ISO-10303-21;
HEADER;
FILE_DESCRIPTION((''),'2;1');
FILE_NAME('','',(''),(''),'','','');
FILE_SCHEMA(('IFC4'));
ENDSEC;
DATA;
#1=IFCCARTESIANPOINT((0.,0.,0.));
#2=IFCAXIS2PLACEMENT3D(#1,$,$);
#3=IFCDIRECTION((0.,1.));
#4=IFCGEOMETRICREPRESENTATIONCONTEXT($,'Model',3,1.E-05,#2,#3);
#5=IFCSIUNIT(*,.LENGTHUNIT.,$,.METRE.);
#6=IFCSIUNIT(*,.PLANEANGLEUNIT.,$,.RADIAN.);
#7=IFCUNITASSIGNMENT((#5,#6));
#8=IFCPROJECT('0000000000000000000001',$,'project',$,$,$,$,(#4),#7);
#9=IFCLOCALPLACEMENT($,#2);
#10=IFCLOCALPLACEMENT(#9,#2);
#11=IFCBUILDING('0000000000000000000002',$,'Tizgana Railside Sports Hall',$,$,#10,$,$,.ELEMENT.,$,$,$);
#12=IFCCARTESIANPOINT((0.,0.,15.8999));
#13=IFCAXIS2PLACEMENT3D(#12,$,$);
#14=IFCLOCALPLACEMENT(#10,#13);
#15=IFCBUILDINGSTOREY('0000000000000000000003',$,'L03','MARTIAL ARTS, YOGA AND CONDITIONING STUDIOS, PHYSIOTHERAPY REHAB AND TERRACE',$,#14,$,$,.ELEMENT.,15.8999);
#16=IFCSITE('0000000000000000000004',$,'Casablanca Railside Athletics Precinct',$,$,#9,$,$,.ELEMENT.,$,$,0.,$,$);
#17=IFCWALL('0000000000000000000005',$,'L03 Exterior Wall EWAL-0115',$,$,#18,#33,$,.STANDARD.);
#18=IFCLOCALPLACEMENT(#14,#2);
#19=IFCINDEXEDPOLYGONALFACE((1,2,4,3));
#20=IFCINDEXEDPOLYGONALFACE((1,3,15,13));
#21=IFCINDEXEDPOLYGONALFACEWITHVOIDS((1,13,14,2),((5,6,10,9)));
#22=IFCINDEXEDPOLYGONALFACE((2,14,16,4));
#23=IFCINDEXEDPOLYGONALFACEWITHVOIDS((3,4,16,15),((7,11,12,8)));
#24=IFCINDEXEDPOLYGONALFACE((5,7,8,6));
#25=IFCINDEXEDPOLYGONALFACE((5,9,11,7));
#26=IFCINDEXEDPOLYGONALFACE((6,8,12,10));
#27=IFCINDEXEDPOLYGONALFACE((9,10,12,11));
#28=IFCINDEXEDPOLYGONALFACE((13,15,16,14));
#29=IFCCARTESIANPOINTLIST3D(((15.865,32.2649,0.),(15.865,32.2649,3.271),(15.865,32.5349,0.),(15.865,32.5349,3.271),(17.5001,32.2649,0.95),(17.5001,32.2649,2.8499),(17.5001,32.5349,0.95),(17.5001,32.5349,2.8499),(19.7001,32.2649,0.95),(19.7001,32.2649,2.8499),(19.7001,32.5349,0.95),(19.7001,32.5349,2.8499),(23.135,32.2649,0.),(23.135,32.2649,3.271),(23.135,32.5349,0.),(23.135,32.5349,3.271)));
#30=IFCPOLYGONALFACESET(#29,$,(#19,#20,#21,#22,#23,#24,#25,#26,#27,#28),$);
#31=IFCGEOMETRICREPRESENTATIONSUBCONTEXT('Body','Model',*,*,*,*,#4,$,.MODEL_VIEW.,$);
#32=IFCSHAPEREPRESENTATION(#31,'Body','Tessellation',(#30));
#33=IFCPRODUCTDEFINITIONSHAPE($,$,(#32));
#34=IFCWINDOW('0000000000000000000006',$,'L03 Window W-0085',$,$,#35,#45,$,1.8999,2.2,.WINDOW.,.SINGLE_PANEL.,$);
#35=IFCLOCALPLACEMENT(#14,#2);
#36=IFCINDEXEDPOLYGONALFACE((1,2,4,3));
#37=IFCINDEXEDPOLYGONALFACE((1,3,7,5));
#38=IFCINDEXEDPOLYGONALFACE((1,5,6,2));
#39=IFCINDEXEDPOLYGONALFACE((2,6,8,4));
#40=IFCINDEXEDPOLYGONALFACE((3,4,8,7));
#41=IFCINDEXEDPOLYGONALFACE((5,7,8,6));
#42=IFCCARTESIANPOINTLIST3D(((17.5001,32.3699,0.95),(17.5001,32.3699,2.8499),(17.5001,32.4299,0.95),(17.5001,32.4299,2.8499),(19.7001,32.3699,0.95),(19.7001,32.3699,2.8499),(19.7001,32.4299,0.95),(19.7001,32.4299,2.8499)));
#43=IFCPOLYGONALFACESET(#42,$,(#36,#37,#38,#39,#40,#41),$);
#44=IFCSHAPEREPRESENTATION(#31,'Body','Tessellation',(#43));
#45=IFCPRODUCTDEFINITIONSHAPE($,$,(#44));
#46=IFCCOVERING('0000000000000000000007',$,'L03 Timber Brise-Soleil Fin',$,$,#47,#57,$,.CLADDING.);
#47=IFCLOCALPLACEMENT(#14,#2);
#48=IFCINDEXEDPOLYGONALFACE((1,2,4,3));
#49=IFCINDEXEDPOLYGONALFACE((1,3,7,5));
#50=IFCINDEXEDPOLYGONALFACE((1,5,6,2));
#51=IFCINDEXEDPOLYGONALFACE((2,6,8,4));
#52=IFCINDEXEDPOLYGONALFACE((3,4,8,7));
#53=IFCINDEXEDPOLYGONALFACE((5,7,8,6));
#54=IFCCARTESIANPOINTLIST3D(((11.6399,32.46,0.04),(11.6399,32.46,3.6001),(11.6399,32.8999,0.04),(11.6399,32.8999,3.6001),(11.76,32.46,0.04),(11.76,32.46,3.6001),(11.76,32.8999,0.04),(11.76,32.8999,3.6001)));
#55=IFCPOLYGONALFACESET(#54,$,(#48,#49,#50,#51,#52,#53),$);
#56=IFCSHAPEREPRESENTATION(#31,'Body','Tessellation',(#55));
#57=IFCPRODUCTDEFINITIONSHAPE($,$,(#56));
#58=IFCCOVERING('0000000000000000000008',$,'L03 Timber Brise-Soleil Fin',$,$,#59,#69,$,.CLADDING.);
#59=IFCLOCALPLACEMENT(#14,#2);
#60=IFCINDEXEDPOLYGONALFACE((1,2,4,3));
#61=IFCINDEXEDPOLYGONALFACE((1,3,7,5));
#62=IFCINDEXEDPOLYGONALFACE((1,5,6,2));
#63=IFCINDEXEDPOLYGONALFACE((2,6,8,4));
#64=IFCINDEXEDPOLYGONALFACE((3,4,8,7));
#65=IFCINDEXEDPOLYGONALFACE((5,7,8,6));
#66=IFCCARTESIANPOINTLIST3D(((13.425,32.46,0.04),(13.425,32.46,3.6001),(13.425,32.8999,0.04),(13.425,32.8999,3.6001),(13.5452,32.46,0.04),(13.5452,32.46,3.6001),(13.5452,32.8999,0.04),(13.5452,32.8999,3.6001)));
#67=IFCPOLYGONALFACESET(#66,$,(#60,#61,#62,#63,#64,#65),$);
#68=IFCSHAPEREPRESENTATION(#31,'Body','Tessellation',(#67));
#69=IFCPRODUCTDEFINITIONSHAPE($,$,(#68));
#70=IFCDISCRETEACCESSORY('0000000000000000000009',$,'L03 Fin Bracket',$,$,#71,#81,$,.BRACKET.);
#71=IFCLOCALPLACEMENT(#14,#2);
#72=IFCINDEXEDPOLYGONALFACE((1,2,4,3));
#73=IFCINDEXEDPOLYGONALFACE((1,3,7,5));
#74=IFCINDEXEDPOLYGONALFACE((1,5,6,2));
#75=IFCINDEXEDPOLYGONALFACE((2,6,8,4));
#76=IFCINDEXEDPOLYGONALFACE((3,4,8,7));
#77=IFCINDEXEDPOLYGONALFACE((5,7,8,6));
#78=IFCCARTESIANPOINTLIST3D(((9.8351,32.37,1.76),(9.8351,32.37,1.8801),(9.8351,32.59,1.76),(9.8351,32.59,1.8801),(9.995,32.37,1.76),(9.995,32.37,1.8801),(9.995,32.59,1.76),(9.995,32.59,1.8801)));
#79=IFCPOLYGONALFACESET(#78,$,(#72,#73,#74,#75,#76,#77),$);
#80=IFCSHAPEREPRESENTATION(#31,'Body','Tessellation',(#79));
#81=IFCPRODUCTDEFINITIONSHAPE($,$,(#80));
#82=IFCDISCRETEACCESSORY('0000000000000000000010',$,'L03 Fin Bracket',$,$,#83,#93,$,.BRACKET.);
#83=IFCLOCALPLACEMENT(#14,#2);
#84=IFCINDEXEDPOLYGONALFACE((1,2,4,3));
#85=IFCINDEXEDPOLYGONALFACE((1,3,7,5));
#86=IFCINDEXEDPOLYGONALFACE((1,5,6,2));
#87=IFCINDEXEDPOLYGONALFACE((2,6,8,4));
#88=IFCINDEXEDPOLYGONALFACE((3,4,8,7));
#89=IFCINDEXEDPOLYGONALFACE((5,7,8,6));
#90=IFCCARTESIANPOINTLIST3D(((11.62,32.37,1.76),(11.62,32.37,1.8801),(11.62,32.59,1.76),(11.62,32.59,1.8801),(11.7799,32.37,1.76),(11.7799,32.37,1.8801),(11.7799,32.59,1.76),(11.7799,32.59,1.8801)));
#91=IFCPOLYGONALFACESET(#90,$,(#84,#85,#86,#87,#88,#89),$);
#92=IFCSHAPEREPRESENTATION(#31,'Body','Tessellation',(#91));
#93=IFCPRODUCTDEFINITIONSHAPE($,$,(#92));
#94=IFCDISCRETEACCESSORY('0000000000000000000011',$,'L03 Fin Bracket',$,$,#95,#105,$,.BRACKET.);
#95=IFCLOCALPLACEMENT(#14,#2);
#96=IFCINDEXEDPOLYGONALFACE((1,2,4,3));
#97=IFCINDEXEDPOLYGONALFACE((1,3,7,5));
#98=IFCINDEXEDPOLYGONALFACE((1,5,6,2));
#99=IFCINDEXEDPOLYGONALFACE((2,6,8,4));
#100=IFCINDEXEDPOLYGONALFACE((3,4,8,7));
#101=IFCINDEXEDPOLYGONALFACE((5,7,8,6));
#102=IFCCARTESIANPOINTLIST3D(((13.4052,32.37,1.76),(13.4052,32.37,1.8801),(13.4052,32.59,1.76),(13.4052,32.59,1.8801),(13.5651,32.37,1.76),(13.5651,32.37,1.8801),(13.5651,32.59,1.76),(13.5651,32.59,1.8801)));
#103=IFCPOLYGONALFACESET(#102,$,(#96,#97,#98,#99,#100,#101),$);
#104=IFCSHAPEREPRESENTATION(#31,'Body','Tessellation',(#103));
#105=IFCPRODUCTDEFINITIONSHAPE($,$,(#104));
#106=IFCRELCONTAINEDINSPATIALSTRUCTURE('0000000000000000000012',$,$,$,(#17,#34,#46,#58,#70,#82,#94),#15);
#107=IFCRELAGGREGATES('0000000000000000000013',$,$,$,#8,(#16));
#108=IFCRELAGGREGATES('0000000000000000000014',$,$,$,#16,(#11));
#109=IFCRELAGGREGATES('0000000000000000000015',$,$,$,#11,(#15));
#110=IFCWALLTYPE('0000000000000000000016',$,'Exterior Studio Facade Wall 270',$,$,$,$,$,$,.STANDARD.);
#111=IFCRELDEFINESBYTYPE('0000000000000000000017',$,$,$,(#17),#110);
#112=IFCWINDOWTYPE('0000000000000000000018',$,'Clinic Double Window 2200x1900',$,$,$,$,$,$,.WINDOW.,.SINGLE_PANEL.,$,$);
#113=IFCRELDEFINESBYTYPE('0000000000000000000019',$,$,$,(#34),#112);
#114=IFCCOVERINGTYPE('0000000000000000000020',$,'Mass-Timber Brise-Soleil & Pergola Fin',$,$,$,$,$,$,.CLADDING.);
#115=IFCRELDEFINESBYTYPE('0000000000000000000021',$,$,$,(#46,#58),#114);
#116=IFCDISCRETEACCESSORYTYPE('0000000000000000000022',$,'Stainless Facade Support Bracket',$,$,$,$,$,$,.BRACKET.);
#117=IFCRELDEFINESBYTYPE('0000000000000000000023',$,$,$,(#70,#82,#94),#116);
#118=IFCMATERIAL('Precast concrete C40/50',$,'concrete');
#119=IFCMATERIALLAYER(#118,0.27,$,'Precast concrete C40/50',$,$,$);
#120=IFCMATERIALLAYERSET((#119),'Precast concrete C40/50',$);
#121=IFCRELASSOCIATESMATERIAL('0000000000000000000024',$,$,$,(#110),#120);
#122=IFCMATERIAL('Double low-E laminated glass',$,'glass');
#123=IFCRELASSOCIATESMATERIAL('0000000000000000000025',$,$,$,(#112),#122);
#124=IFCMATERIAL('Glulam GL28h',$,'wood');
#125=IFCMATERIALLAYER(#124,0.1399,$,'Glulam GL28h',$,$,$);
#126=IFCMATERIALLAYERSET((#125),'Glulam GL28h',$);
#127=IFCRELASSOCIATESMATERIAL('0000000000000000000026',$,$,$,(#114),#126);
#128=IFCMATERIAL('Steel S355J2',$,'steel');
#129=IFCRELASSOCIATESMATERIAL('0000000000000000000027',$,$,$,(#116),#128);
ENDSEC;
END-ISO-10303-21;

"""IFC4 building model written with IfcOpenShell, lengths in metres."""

from ifc_helpers import new_model, si_unit, direction, frame, frame_2d, origin, origin_2d, place, context, subcontext, project, spatial, rectangle, extrude, material, layer, layer_set, type_object, element, fill, save


model = new_model("IFC4")

# Units and contexts
model_context = context("Model", 3, precision=1e-05, world=origin(), true_north=direction((0.0, 1.0)))
body_context = subcontext(model_context, "Body", "Model", "MODEL_VIEW")
ifc_project = project(units=[si_unit("LENGTHUNIT", "METRE"), si_unit("PLANEANGLEUNIT", "RADIAN")], contexts=[model_context])

# Site, building, storey
site_placement = place(None, origin())
site = spatial("IfcSite", under=ifc_project, at=site_placement, Name="Casablanca Railside Athletics Precinct", CompositionType="ELEMENT", RefElevation=0.0)
building_placement = place(site_placement, origin())
building = spatial("IfcBuilding", under=site, at=building_placement, Name="Tizgana Railside Sports Hall", CompositionType="ELEMENT")
storey_placement = place(building_placement, frame((0.0, 0.0, 15.8999)))
storey = spatial("IfcBuildingStorey", under=building, at=storey_placement, Name="L03", Description="MARTIAL ARTS, YOGA AND CONDITIONING STUDIOS, PHYSIOTHERAPY REHAB AND TERRACE", CompositionType="ELEMENT", Elevation=15.8999)

# Shared definitions
ifc_material_1 = material(Name="Steel S355J2", Category="steel")

# Shared definitions
ifc_material_2 = material(Name="Double low-E laminated glass", Category="glass")

# Wall, opening, window
ifc_material_3 = material(Name="Precast concrete C40/50", Category="concrete")
ifc_layer_1 = layer(ifc_material_3, 0.27, Name="Precast concrete C40/50")
ifc_layer_set_1 = layer_set([ifc_layer_1], Name="Precast concrete C40/50")
wall_type = type_object("IfcWallType", Name="Exterior Studio Facade Wall 270", PredefinedType="STANDARD", material=ifc_layer_set_1)
wall_placement = place(storey_placement, frame((15.865, 32.3999, 0.0), z_axis=(0.0, 0.0, 1.0), x_axis=(1.0, 0.0, 0.0)))
wall = element("IfcWall", 1, at=wall_placement, inside=storey, type_object=wall_type, Name="L03 Exterior Wall EWAL-0115", PredefinedType="STANDARD", context=body_context, shape_type="SweptSolid", body=[
    extrude(rectangle(XDim=7.27, YDim=0.27, at=frame_2d((3.635, 0.0))), origin(), (0.0, 0.0, 1.0), 3.271),
])
opening_placement = place(wall_placement, frame((1.635, 0.0, 0.95)))
opening = element("IfcOpeningElement", 2, at=opening_placement, cuts=wall, PredefinedType="OPENING", context=body_context, shape_type="SweptSolid", body=[
    extrude(rectangle(XDim=2.2, YDim=1.8999, at=frame_2d((1.1001, 0.95))), frame((0.0, 0.145, 0.0), z_axis=(0.0, -1.0, 0.0), x_axis=(1.0, 0.0, 0.0)), (0.0, 0.0, 1.0), 0.29),
])
window_type = type_object("IfcWindowType", Name="Clinic Double Window 2200x1900", PartitioningType="SINGLE_PANEL", PredefinedType="WINDOW", material=ifc_material_2)
window_placement = place(opening_placement, origin())
window = element("IfcWindow", 3, at=window_placement, inside=storey, type_object=window_type, Name="L03 Window W-0085", OverallHeight=1.8999, OverallWidth=2.2, PartitioningType="SINGLE_PANEL", PredefinedType="WINDOW", context=body_context, shape_type="SweptSolid", body=[
    extrude(rectangle(XDim=2.2, YDim=1.8999, at=frame_2d((1.1001, 0.95))), frame((0.0, 0.03, 0.0), z_axis=(0.0, -1.0, 0.0), x_axis=(1.0, 0.0, 0.0)), (0.0, 0.0, 1.0), 0.0601),
])
fill(opening, window)

# Coverings
ifc_material_4 = material(Name="Glulam GL28h", Category="wood")
ifc_layer_2 = layer(ifc_material_4, 0.1399, Name="Glulam GL28h")
ifc_layer_set_2 = layer_set([ifc_layer_2], Name="Glulam GL28h")
covering_type = type_object("IfcCoveringType", Name="Mass-Timber Brise-Soleil & Pergola Fin", PredefinedType="CLADDING", material=ifc_layer_set_2)
for number, where, z_axis, x_axis, name in (
    (4, (11.7, 32.6799, 0.04), (0.0, 0.0, 1.0), (1.0, 0.0, 0.0), "L03 Timber Brise-Soleil Fin"),
    (5, (13.4851, 32.6799, 0.04), (0.0, 0.0, 1.0), (1.0, 0.0, 0.0), "L03 Timber Brise-Soleil Fin"),
):
    element("IfcCovering", number, at=place(storey_placement, frame(where, z_axis=z_axis, x_axis=x_axis)), inside=storey, type_object=covering_type, Name=name, PredefinedType="CLADDING", context=body_context, shape_type="SweptSolid", body=[
        extrude(rectangle(XDim=0.1201, YDim=0.4399, at=origin_2d()), origin(), (0.0, 0.0, 1.0), 3.5601),
    ])

# Discrete accessories
discrete_accessory_type = type_object("IfcDiscreteAccessoryType", Name="Stainless Facade Support Bracket", PredefinedType="BRACKET", material=ifc_material_1)
for number, where, z_axis, x_axis, name in (
    (6, (9.915, 32.48, 1.76), (0.0, 0.0, 1.0), (1.0, 0.0, 0.0), "L03 Fin Bracket"),
    (7, (11.7, 32.48, 1.76), (0.0, 0.0, 1.0), (1.0, 0.0, 0.0), "L03 Fin Bracket"),
    (8, (13.4851, 32.48, 1.76), (0.0, 0.0, 1.0), (1.0, 0.0, 0.0), "L03 Fin Bracket"),
):
    element("IfcDiscreteAccessory", number, at=place(storey_placement, frame(where, z_axis=z_axis, x_axis=x_axis)), inside=storey, type_object=discrete_accessory_type, Name=name, PredefinedType="BRACKET", context=body_context, shape_type="SweptSolid", body=[
        extrude(rectangle(XDim=0.1599, YDim=0.22, at=origin_2d()), origin(), (0.0, 0.0, 1.0), 0.1201),
    ])

save(model, "model.ifc")
